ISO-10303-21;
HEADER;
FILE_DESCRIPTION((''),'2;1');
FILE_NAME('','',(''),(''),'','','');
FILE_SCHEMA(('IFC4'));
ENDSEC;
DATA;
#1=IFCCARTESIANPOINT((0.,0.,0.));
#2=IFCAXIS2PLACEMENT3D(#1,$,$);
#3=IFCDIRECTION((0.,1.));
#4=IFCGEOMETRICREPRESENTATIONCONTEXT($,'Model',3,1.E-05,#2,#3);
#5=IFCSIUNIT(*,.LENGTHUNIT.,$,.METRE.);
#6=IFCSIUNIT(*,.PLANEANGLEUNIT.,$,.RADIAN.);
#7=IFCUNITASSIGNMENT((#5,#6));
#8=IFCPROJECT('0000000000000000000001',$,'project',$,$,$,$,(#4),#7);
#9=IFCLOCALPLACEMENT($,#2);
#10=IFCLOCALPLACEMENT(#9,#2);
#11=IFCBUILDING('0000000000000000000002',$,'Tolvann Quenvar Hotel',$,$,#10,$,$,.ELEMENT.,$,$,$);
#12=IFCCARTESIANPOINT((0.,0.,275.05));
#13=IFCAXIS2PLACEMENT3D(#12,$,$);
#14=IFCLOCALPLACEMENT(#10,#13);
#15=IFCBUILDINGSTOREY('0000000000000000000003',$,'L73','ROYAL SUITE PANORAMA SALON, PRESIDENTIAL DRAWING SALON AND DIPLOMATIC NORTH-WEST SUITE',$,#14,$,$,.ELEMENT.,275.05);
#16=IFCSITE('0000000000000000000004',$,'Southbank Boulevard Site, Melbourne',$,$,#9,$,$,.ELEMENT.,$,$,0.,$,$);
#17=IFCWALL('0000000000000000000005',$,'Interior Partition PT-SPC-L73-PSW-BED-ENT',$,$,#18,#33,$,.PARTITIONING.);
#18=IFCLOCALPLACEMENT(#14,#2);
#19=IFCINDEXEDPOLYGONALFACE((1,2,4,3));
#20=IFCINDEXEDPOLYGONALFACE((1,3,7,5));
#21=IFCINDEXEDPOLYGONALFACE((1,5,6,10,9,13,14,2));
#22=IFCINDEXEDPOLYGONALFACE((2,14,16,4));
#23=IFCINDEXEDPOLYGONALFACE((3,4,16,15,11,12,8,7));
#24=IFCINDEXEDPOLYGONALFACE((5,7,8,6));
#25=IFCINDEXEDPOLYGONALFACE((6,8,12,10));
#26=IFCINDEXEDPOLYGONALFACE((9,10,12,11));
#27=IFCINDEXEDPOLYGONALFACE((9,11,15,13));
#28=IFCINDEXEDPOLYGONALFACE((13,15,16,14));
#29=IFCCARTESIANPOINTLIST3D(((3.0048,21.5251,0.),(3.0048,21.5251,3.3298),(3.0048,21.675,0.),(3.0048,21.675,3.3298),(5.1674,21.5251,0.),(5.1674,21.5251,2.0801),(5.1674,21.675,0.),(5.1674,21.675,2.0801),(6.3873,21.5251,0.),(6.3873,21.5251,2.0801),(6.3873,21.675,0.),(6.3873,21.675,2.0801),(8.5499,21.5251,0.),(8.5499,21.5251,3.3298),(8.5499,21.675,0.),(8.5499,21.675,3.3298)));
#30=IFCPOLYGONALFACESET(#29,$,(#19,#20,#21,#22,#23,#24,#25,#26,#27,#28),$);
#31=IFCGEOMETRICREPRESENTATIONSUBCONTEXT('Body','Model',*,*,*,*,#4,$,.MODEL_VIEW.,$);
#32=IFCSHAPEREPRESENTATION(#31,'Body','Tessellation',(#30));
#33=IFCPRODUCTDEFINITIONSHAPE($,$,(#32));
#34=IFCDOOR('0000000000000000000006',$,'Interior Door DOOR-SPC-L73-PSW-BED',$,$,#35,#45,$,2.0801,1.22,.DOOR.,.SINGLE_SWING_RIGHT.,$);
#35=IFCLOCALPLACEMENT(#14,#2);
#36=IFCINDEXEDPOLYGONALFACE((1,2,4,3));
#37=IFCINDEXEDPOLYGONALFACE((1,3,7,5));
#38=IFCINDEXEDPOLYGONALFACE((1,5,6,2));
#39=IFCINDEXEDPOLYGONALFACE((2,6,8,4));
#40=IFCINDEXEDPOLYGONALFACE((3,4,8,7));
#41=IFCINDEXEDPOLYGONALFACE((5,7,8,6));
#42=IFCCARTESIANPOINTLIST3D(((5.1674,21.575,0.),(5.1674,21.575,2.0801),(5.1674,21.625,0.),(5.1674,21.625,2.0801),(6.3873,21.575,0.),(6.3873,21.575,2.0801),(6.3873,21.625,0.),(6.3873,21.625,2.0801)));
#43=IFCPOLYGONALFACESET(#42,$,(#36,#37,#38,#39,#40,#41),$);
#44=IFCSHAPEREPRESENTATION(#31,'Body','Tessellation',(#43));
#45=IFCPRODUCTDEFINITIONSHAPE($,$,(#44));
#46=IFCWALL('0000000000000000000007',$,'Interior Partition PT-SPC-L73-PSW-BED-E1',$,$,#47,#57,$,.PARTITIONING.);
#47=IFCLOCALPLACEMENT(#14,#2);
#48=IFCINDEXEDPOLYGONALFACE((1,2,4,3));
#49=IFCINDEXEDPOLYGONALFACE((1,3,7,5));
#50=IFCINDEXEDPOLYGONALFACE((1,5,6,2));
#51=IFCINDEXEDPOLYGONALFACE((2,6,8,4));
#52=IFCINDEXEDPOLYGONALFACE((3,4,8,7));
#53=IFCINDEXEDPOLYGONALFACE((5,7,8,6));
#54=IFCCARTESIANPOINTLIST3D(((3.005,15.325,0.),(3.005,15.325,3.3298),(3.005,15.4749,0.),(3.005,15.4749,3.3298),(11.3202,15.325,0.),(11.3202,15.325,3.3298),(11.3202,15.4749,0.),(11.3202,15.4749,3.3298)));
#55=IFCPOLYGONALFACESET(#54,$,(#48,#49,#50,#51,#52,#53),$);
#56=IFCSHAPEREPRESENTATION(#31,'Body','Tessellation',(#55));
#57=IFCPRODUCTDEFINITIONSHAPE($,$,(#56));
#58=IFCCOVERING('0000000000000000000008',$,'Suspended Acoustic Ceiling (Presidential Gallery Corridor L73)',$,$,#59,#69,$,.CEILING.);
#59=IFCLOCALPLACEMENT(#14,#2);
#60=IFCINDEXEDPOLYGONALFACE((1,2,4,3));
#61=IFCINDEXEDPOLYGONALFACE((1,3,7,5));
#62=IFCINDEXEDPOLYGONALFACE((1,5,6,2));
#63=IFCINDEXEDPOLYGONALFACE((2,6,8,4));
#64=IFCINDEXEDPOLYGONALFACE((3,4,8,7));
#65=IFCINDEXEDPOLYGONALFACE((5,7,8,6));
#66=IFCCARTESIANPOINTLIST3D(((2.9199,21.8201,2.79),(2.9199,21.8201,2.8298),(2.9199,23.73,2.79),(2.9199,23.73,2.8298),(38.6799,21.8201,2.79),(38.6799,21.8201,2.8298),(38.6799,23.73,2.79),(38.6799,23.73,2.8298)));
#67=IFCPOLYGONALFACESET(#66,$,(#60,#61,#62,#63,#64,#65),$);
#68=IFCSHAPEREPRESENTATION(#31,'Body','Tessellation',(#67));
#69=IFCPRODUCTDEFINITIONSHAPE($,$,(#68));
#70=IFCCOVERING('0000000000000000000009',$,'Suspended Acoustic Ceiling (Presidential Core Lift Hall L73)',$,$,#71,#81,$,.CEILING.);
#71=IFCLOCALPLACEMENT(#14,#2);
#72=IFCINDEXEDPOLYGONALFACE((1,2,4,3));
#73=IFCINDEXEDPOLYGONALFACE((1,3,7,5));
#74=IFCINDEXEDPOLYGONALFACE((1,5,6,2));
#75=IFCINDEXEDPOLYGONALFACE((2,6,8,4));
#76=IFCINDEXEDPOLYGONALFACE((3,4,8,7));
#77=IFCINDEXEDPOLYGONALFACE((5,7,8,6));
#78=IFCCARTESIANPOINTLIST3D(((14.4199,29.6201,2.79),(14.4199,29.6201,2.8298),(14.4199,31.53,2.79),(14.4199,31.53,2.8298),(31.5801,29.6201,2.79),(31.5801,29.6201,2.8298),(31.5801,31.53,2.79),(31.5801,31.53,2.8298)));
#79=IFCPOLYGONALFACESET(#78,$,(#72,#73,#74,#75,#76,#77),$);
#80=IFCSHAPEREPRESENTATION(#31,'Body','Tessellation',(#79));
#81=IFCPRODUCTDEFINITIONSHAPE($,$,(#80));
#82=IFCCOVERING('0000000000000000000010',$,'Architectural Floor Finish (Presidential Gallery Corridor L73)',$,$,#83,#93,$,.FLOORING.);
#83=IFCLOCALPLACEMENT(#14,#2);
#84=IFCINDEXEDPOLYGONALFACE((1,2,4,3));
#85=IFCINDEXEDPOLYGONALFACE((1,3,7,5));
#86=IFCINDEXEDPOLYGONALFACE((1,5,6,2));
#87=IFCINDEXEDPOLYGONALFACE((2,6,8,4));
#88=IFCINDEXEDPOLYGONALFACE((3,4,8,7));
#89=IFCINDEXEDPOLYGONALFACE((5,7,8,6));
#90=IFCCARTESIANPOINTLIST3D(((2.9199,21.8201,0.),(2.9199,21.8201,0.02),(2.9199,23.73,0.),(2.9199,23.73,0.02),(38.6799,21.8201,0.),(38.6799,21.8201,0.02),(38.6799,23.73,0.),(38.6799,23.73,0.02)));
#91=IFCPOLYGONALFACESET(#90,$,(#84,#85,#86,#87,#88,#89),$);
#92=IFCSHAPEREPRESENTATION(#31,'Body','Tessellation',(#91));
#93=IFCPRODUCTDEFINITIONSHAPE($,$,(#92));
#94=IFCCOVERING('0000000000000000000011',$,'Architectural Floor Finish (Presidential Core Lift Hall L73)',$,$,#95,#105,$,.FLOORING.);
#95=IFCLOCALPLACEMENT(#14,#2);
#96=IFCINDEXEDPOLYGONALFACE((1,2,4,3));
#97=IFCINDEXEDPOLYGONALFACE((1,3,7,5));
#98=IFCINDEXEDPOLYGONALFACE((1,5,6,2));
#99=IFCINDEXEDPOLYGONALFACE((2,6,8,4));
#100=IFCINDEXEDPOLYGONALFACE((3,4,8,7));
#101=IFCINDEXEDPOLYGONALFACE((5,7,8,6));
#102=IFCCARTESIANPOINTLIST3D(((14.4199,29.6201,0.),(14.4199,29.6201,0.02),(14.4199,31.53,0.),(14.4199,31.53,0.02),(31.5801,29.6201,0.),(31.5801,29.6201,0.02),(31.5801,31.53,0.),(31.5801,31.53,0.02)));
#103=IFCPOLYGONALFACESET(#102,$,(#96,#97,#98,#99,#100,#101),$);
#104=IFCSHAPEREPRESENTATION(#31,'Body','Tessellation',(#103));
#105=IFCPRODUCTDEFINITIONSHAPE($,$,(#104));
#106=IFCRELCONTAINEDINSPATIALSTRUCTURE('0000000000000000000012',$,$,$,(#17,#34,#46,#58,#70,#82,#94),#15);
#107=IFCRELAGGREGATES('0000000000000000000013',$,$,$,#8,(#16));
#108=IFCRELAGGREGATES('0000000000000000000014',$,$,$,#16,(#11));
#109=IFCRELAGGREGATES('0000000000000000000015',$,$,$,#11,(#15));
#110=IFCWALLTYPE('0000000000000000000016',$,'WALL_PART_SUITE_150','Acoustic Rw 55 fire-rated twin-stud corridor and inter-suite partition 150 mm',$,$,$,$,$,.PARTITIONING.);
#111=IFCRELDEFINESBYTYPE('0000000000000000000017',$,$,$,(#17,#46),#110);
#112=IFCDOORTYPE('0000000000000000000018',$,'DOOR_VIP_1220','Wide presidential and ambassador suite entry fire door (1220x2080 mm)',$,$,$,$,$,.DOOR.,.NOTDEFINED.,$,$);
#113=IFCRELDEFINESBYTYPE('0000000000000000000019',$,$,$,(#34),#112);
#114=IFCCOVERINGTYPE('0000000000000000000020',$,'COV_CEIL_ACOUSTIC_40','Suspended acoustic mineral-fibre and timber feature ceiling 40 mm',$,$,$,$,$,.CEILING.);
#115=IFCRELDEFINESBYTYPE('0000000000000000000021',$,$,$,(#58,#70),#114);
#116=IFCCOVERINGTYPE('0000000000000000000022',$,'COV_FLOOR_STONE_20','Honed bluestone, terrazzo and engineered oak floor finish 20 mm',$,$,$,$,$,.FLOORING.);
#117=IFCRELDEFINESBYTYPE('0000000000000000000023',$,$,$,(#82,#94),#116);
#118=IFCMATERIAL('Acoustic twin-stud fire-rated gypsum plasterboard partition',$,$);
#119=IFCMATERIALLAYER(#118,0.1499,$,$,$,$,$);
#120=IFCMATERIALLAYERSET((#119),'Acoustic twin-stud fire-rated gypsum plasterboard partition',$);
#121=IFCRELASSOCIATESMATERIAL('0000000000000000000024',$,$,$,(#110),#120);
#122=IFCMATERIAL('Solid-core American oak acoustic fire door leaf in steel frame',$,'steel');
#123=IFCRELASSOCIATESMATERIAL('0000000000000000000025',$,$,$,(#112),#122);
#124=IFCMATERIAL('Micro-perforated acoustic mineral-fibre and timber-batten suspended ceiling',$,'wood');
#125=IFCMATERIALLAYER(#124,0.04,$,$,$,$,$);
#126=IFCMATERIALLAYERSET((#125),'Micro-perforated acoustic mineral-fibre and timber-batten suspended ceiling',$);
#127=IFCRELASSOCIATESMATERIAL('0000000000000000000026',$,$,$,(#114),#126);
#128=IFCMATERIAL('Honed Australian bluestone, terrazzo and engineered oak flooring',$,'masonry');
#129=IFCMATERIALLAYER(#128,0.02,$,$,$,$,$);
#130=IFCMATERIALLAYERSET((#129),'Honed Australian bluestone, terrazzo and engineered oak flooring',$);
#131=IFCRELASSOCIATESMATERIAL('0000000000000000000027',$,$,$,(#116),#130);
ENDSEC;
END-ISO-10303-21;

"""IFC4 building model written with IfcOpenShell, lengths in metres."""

from ifc_helpers import new_model, si_unit, direction, frame, frame_2d, origin, place, context, subcontext, project, spatial, polyline, rectangle, outline, extrude, source, transform, mapped, material, layer, layer_set, type_object, type_shapes, element, fill, save


model = new_model("IFC4")

# Units and contexts
model_context = context("Model", 3, precision=1e-05, world=origin(), true_north=direction((0.0, 1.0)))
body_context = subcontext(model_context, "Body", "Model", "MODEL_VIEW")
ifc_project = project(units=[si_unit("LENGTHUNIT", "METRE"), si_unit("PLANEANGLEUNIT", "RADIAN")], contexts=[model_context])

# Site, building, storey
site_placement = place(None, origin())
site = spatial("IfcSite", under=ifc_project, at=site_placement, Name="Southbank Boulevard Site, Melbourne", CompositionType="ELEMENT", RefElevation=0.0)
building_placement = place(site_placement, origin())
building = spatial("IfcBuilding", under=site, at=building_placement, Name="Tolvann Quenvar Hotel", CompositionType="ELEMENT")
storey_placement = place(building_placement, frame((0.0, 0.0, 275.05)))
storey = spatial("IfcBuildingStorey", under=building, at=storey_placement, Name="L73", Description="ROYAL SUITE PANORAMA SALON, PRESIDENTIAL DRAWING SALON AND DIPLOMATIC NORTH-WEST SUITE", CompositionType="ELEMENT", Elevation=275.05)

# Shared definitions
ifc_material_1 = material(Name="Acoustic twin-stud fire-rated gypsum plasterboard partition")

# Wall, opening, door
ifc_layer_1 = layer(ifc_material_1, 0.1499)
ifc_layer_set_1 = layer_set([ifc_layer_1], Name="Acoustic twin-stud fire-rated gypsum plasterboard partition")
wall_type_1 = type_object("IfcWallType", Name="WALL_PART_SUITE_150", Description="Acoustic Rw 55 fire-rated twin-stud corridor and inter-suite partition 150 mm", PredefinedType="PARTITIONING", material=ifc_layer_set_1)
wall_1_placement = place(storey_placement, frame((3.0049, 21.6001, 0.0), z_axis=(0.0, 0.0, 1.0), x_axis=(1.0, 0.0, 0.0)))
wall_1 = element("IfcWall", 1, at=wall_1_placement, inside=storey, type_object=wall_type_1, Name="Interior Partition PT-SPC-L73-PSW-BED-ENT", PredefinedType="PARTITIONING", context=body_context, shape_type="SweptSolid", body=[
    extrude(rectangle(XDim=5.5452, YDim=0.1499, at=frame_2d((2.7725, 0.0))), origin(), (0.0, 0.0, 1.0), 3.3298),
])
opening_1_placement = place(wall_1_placement, frame((2.1626, 0.0, 0.0)))
opening_1 = element("IfcOpeningElement", 2, at=opening_1_placement, cuts=wall_1, PredefinedType="OPENING", context=body_context, shape_type="SweptSolid", body=[
    extrude(rectangle(XDim=1.22, YDim=2.0801, at=frame_2d((0.6099, 1.04))), frame((0.0, 0.085, 0.0), z_axis=(0.0, -1.0, 0.0), x_axis=(1.0, 0.0, 0.0)), (0.0, 0.0, 1.0), 0.1699),
])
ifc_material_2 = material(Name="Solid-core American oak acoustic fire door leaf in steel frame", Category="steel")
door_type = type_object("IfcDoorType", Name="DOOR_VIP_1220", Description="Wide presidential and ambassador suite entry fire door (1220x2080 mm)", OperationType="NOTDEFINED", PredefinedType="DOOR", material=ifc_material_2)
shared_shape_1 = source(origin(), body_context, "Body", "SweptSolid", [
    extrude(rectangle(XDim=1.22, YDim=2.0801, at=frame_2d((0.6099, 1.04))), frame((0.0, 0.0249, 0.0), z_axis=(0.0, -1.0, 0.0), x_axis=(1.0, 0.0, 0.0)), (0.0, 0.0, 1.0), 0.05),
])
type_shapes(door_type, [shared_shape_1])
door_placement = place(opening_1_placement, origin())
door = element("IfcDoor", 3, at=door_placement, inside=storey, type_object=door_type, Name="Interior Door DOOR-SPC-L73-PSW-BED", OperationType="SINGLE_SWING_RIGHT", OverallHeight=2.0801, OverallWidth=1.22, PredefinedType="DOOR", context=body_context, shape_type="MappedRepresentation", body=[
    mapped(shared_shape_1, transform((0.0, 0.0, 0.0), x_axis=(1.0, 0.0, 0.0), y_axis=(0.0, 1.0, 0.0), z_axis=(0.0, 0.0, 1.0), scale=1.0)),
])
fill(opening_1, door)

# Wall
wall_2_placement = place(storey_placement, frame((3.0049, 15.3999, 0.0), z_axis=(0.0, 0.0, 1.0), x_axis=(1.0, 0.0, 0.0)))
element("IfcWall", 4, at=wall_2_placement, inside=storey, type_object=wall_type_1, Name="Interior Partition PT-SPC-L73-PSW-BED-E1", PredefinedType="PARTITIONING", context=body_context, shape_type="SweptSolid", body=[
    extrude(rectangle(XDim=8.3152, YDim=0.1499, at=frame_2d((4.1577, 0.0))), origin(), (0.0, 0.0, 1.0), 3.3298),
])

# Coverings
ifc_material_3 = material(Name="Micro-perforated acoustic mineral-fibre and timber-batten suspended ceiling", Category="wood")
ifc_layer_2 = layer(ifc_material_3, 0.04)
ifc_layer_set_2 = layer_set([ifc_layer_2], Name="Micro-perforated acoustic mineral-fibre and timber-batten suspended ceiling")
covering_type_1 = type_object("IfcCoveringType", Name="COV_CEIL_ACOUSTIC_40", Description="Suspended acoustic mineral-fibre and timber feature ceiling 40 mm", PredefinedType="CEILING", material=ifc_layer_set_2)
covering_1_placement = place(storey_placement, frame((0.0, 0.0, 2.79)))
element("IfcCovering", 5, at=covering_1_placement, inside=storey, type_object=covering_type_1, Name="Suspended Acoustic Ceiling (Presidential Gallery Corridor L73)", PredefinedType="CEILING", context=body_context, shape_type="SweptSolid", body=[
    extrude(outline(polyline([(2.9199, 21.8201), (38.6799, 21.8201), (38.6799, 23.73), (2.9199, 23.73), (2.9199, 21.8201)])), origin(), (0.0, 0.0, 1.0), 0.0398),
])
covering_2_placement = place(storey_placement, frame((0.0, 0.0, 2.79)))
element("IfcCovering", 6, at=covering_2_placement, inside=storey, type_object=covering_type_1, Name="Suspended Acoustic Ceiling (Presidential Core Lift Hall L73)", PredefinedType="CEILING", context=body_context, shape_type="SweptSolid", body=[
    extrude(outline(polyline([(14.4199, 29.6201), (31.5801, 29.6201), (31.5801, 31.53), (14.4199, 31.53), (14.4199, 29.6201)])), origin(), (0.0, 0.0, 1.0), 0.0398),
])
ifc_material_4 = material(Name="Honed Australian bluestone, terrazzo and engineered oak flooring", Category="masonry")
ifc_layer_3 = layer(ifc_material_4, 0.02)
ifc_layer_set_3 = layer_set([ifc_layer_3], Name="Honed Australian bluestone, terrazzo and engineered oak flooring")
covering_type_2 = type_object("IfcCoveringType", Name="COV_FLOOR_STONE_20", Description="Honed bluestone, terrazzo and engineered oak floor finish 20 mm", PredefinedType="FLOORING", material=ifc_layer_set_3)
covering_3_placement = place(storey_placement, origin())
element("IfcCovering", 7, at=covering_3_placement, inside=storey, type_object=covering_type_2, Name="Architectural Floor Finish (Presidential Gallery Corridor L73)", PredefinedType="FLOORING", context=body_context, shape_type="SweptSolid", body=[
    extrude(outline(polyline([(2.9199, 21.8201), (38.6799, 21.8201), (38.6799, 23.73), (2.9199, 23.73), (2.9199, 21.8201)])), origin(), (0.0, 0.0, 1.0), 0.02),
])
covering_4_placement = place(storey_placement, origin())
element("IfcCovering", 8, at=covering_4_placement, inside=storey, type_object=covering_type_2, Name="Architectural Floor Finish (Presidential Core Lift Hall L73)", PredefinedType="FLOORING", context=body_context, shape_type="SweptSolid", body=[
    extrude(outline(polyline([(14.4199, 29.6201), (31.5801, 29.6201), (31.5801, 31.53), (14.4199, 31.53), (14.4199, 29.6201)])), origin(), (0.0, 0.0, 1.0), 0.02),
])

save(model, "model.ifc")
